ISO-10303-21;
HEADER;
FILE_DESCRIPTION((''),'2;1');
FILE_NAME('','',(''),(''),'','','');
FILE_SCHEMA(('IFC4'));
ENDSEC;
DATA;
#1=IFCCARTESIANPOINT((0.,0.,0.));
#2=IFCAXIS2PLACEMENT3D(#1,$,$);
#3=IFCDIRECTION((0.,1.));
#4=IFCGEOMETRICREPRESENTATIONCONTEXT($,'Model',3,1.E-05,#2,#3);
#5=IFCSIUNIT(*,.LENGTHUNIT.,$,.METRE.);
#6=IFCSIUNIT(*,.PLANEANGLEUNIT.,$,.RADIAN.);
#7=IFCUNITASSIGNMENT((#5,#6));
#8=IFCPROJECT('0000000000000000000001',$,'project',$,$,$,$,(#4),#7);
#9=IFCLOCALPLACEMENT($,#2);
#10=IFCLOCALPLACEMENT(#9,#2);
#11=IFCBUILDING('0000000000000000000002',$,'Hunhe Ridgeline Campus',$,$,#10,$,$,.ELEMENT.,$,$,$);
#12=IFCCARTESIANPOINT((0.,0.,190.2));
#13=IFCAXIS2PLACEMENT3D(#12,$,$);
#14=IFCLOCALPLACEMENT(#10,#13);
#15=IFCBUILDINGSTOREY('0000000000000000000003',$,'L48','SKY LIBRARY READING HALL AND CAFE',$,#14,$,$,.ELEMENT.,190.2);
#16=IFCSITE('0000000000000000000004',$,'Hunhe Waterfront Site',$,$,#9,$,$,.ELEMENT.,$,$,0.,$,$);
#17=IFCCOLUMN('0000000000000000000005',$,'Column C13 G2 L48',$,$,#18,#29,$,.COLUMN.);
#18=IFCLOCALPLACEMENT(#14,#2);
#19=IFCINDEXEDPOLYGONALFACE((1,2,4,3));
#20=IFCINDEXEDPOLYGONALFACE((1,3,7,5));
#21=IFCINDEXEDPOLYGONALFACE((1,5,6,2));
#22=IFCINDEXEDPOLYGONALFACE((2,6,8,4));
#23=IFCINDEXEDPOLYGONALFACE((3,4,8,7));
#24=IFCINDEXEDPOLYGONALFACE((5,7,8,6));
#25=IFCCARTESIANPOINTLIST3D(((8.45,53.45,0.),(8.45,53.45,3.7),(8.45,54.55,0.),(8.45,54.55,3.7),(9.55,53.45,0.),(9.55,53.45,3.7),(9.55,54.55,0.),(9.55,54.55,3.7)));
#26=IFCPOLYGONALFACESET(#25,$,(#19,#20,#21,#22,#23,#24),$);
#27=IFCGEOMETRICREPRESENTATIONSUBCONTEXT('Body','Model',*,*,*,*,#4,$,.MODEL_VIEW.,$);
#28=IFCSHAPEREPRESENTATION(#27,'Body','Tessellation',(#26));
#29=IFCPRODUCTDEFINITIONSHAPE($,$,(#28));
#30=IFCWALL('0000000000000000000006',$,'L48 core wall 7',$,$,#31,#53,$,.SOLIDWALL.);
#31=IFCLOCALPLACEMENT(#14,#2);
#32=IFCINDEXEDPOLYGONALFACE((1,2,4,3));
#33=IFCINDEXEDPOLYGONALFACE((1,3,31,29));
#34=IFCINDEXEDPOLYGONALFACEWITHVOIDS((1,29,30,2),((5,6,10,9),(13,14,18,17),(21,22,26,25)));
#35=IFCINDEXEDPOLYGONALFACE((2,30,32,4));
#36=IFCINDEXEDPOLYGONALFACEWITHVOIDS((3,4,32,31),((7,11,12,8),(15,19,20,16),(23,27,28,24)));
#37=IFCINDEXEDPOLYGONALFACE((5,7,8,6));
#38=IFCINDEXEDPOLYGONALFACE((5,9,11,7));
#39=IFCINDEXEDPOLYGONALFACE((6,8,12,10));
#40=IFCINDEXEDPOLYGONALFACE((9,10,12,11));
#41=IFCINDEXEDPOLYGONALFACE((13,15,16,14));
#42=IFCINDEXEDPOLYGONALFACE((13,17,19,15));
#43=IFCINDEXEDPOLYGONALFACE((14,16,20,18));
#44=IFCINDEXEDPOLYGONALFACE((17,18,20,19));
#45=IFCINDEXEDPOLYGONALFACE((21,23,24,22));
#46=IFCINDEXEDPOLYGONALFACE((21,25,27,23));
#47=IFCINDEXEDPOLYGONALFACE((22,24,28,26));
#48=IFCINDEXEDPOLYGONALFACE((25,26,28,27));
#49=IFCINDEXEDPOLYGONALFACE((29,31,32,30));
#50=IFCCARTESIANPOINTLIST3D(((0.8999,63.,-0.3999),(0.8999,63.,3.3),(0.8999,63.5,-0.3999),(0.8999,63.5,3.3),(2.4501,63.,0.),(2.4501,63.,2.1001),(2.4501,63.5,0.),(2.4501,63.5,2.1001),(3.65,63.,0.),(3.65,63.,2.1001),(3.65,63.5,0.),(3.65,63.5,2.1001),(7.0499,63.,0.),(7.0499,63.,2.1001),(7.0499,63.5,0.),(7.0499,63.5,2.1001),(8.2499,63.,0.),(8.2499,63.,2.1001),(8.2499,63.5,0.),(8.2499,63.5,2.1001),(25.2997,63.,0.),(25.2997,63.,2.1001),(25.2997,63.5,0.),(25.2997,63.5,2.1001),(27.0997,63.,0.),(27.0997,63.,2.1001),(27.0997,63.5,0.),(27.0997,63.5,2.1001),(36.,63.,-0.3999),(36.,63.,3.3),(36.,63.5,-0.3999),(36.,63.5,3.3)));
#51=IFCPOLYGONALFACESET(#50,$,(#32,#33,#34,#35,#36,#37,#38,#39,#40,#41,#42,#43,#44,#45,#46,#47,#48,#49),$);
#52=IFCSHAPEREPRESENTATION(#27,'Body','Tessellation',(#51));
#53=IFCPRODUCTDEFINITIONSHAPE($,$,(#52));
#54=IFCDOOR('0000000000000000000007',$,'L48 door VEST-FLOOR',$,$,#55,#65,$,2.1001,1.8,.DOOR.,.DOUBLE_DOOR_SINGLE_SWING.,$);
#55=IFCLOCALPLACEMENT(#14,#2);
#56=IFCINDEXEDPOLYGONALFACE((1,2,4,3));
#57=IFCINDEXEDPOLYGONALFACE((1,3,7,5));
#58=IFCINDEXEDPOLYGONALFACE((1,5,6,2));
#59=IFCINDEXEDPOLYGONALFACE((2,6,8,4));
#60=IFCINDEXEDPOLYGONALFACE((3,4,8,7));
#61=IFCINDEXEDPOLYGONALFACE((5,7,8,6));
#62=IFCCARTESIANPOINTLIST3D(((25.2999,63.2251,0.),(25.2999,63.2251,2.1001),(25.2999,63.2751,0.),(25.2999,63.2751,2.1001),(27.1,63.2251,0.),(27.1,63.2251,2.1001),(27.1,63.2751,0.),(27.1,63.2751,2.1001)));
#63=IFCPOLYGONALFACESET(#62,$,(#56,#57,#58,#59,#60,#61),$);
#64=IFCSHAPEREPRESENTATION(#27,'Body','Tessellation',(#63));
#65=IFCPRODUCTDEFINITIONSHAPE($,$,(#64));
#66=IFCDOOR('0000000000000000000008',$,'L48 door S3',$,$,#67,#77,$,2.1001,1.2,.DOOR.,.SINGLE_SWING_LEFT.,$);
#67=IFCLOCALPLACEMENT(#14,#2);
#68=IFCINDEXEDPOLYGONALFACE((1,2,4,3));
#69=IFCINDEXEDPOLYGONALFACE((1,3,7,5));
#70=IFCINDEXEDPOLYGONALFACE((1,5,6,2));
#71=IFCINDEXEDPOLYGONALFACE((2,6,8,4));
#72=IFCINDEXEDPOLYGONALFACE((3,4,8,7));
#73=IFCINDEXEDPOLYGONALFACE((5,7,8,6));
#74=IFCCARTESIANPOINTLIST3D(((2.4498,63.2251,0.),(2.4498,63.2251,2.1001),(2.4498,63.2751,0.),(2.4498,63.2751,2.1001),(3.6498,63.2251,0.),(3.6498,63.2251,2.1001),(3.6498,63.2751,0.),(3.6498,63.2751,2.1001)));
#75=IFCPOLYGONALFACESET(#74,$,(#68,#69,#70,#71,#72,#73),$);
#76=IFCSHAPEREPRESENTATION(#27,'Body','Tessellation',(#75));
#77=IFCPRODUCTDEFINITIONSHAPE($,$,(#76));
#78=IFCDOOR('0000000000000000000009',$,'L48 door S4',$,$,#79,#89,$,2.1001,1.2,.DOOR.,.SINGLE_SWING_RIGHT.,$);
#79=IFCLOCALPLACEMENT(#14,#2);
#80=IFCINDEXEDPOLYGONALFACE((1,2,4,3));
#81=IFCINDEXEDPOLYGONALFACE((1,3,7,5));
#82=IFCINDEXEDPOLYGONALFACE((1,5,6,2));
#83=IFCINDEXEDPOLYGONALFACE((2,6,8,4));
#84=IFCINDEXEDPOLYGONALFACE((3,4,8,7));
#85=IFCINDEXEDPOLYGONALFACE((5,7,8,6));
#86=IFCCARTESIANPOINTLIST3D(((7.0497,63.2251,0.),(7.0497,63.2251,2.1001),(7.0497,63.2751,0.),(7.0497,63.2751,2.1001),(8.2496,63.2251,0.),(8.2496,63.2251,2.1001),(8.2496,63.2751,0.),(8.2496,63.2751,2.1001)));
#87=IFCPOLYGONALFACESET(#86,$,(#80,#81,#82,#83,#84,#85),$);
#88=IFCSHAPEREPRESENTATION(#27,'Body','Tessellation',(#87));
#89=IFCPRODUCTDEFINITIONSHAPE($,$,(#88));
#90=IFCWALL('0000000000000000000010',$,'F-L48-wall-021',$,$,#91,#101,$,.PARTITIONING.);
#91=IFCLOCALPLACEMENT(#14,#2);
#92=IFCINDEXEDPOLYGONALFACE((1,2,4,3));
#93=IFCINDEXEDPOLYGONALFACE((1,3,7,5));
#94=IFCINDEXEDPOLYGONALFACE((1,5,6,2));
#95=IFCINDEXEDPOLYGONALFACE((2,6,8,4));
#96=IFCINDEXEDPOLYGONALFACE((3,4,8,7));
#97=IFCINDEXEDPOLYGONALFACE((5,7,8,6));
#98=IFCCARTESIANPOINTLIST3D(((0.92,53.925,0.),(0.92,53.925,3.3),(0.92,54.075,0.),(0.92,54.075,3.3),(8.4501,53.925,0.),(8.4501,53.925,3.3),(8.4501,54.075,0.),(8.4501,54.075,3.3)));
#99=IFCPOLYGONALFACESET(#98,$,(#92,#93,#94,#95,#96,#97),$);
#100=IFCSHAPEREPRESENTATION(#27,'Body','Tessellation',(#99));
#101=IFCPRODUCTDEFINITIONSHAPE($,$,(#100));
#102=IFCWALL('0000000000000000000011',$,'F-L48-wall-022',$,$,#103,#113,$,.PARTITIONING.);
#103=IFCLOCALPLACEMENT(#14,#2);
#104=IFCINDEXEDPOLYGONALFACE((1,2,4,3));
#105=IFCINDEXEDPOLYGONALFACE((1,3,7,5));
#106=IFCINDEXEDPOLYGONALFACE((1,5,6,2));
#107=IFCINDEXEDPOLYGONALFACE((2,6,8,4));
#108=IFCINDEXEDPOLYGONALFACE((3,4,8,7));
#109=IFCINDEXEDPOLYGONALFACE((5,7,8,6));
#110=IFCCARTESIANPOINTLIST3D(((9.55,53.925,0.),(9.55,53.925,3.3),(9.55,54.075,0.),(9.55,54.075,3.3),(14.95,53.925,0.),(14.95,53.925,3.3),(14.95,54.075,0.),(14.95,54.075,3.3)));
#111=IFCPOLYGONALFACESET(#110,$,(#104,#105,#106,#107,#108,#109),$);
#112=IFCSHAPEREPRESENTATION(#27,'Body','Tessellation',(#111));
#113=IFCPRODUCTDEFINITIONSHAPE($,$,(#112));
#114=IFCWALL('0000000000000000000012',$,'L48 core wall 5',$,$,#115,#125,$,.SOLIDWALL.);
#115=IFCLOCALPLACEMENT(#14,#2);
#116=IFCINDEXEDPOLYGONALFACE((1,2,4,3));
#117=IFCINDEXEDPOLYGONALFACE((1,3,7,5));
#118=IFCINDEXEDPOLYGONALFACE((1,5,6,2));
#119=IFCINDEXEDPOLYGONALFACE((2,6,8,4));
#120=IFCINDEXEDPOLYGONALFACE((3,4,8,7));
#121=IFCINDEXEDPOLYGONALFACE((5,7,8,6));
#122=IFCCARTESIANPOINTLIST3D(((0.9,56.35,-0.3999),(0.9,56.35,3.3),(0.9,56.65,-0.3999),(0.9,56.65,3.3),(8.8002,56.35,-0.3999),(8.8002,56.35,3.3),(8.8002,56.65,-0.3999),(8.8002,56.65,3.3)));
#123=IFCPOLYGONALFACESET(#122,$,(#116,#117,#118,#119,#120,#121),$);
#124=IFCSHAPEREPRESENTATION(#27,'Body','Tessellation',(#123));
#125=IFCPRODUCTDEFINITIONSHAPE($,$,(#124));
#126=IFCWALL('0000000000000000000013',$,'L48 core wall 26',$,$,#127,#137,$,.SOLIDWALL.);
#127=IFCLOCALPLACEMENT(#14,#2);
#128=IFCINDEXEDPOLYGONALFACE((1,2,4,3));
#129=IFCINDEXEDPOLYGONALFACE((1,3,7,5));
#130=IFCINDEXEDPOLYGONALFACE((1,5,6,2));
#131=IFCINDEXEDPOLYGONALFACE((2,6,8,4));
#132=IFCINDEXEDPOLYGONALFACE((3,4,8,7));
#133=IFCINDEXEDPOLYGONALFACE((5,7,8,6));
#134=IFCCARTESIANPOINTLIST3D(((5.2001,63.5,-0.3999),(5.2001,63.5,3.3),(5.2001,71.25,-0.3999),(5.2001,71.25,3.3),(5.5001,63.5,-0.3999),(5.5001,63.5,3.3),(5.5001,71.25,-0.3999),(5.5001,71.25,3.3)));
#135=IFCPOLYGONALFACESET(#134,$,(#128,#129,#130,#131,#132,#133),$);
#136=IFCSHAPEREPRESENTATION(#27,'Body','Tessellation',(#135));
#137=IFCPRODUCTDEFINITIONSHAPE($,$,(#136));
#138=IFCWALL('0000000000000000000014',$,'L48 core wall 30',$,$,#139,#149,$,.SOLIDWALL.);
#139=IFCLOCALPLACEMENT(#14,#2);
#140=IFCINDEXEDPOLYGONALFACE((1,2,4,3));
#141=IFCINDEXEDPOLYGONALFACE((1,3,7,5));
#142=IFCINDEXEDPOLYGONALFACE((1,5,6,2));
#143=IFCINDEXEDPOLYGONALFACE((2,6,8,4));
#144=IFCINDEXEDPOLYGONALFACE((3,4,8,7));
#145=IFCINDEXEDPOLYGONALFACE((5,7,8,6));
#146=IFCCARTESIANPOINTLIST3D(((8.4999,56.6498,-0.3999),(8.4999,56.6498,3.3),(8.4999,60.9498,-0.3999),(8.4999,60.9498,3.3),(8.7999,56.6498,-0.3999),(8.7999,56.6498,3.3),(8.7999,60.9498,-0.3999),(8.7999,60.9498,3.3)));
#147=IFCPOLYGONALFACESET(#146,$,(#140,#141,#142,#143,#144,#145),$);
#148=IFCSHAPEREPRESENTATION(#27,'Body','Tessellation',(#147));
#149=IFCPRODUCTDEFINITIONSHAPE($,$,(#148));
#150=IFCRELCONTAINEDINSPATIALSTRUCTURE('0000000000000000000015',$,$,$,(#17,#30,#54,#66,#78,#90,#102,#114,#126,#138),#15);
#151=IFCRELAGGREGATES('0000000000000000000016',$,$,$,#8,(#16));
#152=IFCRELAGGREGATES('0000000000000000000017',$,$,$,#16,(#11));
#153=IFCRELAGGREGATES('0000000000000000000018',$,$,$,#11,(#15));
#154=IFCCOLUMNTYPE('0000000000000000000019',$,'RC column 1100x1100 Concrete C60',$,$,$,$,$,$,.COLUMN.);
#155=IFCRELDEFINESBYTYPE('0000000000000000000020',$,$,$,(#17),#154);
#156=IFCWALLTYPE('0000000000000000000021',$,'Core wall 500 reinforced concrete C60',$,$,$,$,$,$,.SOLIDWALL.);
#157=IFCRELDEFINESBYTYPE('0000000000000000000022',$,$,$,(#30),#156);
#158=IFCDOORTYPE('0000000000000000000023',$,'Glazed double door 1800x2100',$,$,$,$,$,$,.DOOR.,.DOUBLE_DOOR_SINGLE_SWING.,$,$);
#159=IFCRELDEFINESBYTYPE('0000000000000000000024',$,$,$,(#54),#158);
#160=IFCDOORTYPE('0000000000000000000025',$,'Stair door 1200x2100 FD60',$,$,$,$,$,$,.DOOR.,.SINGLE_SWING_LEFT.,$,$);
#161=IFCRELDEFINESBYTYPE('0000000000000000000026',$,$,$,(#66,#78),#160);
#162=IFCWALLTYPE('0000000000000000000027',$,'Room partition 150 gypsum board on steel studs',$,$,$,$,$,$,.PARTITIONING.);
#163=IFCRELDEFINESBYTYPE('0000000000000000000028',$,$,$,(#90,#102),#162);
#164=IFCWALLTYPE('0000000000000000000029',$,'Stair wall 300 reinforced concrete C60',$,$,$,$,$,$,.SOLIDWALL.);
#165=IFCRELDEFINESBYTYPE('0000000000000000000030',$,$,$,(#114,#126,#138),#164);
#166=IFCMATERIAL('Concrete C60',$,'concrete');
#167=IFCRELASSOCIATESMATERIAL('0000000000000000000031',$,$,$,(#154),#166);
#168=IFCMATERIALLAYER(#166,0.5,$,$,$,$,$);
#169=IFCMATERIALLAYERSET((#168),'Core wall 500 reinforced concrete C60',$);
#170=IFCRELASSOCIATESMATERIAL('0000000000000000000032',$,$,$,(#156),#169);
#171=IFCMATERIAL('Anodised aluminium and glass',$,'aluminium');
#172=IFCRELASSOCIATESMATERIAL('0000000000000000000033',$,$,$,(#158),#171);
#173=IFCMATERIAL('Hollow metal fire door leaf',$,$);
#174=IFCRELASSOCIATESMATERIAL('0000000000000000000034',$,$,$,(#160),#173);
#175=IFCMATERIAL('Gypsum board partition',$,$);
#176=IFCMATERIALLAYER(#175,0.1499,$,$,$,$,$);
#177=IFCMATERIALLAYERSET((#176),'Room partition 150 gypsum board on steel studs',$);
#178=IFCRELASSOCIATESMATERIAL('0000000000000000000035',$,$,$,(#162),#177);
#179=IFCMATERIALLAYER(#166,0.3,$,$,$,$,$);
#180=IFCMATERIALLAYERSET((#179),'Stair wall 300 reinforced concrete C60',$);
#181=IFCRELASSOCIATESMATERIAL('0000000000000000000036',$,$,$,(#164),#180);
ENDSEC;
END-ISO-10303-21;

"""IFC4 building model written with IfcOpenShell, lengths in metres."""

from ifc_helpers import new_model, si_unit, direction, frame, frame_2d, origin, origin_2d, place, context, subcontext, project, spatial, rectangle, extrude, material, layer, layer_set, material_profile, profile_set, type_object, element, fill, save


model = new_model("IFC4")

# Units and contexts
model_context = context("Model", 3, precision=1e-05, world=origin(), true_north=direction((0.0, 1.0)))
body_context = subcontext(model_context, "Body", "Model", "MODEL_VIEW")
ifc_project = project(units=[si_unit("LENGTHUNIT", "METRE"), si_unit("PLANEANGLEUNIT", "RADIAN")], contexts=[model_context])

# Site, building, storey
site_placement = place(None, origin())
site = spatial("IfcSite", under=ifc_project, at=site_placement, Name="Hunhe Waterfront Site", CompositionType="ELEMENT", RefElevation=0.0)
building_placement = place(site_placement, origin())
building = spatial("IfcBuilding", under=site, at=building_placement, Name="Hunhe Ridgeline Campus", CompositionType="ELEMENT")
storey_placement = place(building_placement, frame((0.0, 0.0, 190.2)))
storey = spatial("IfcBuildingStorey", under=building, at=storey_placement, Name="L48", Description="SKY LIBRARY READING HALL AND CAFE", CompositionType="ELEMENT", Elevation=190.2)

# Column
ifc_material_1 = material(Name="Concrete C60", Category="concrete")
ifc_material_profile = material_profile(ifc_material_1, rectangle(XDim=1.1001, YDim=1.1001, at=origin_2d()))
ifc_profile_set = profile_set([ifc_material_profile], Name="Concrete C60")
column_type = type_object("IfcColumnType", Name="RC column 1100x1100 Concrete C60", PredefinedType="COLUMN", material=ifc_profile_set)
column_placement = place(storey_placement, frame((9.0, 54.0, 0.0), z_axis=(0.0, 0.0, 1.0), x_axis=(1.0, 0.0, 0.0)))
element("IfcColumn", 1, at=column_placement, inside=storey, type_object=column_type, Name="Column C13 G2 L48", PredefinedType="COLUMN", context=body_context, shape_type="SweptSolid", body=[
    extrude(rectangle(XDim=1.1001, YDim=1.1001, at=origin_2d()), origin(), (0.0, 0.0, 1.0), 3.7),
])

# Wall, openings, doors
ifc_layer_1 = layer(ifc_material_1, 0.5)
ifc_layer_set_1 = layer_set([ifc_layer_1], Name="Core wall 500 reinforced concrete C60")
wall_type_1 = type_object("IfcWallType", Name="Core wall 500 reinforced concrete C60", PredefinedType="SOLIDWALL", material=ifc_layer_set_1)
wall_1_placement = place(storey_placement, frame((0.8999, 63.25, -0.3999), z_axis=(0.0, 0.0, 1.0), x_axis=(1.0, 0.0, 0.0)))
wall_1 = element("IfcWall", 2, at=wall_1_placement, inside=storey, type_object=wall_type_1, Name="L48 core wall 7", PredefinedType="SOLIDWALL", context=body_context, shape_type="SweptSolid", body=[
    extrude(rectangle(XDim=35.1001, YDim=0.5, at=frame_2d((17.55, 0.0))), origin(), (0.0, 0.0, 1.0), 3.7),
])
opening_1_placement = place(wall_1_placement, frame((24.3999, 0.0, 0.3999)))
opening_1 = element("IfcOpeningElement", 3, at=opening_1_placement, cuts=wall_1, PredefinedType="OPENING", context=body_context, shape_type="SweptSolid", body=[
    extrude(rectangle(XDim=1.8, YDim=2.1001, at=frame_2d((0.8999, 1.05))), frame((0.0, 0.25, 0.0), z_axis=(0.0, -1.0, 0.0), x_axis=(1.0, 0.0, 0.0)), (0.0, 0.0, 1.0), 0.5),
])
opening_2_placement = place(wall_1_placement, frame((1.55, 0.0, 0.3999)))
opening_2 = element("IfcOpeningElement", 4, at=opening_2_placement, cuts=wall_1, PredefinedType="OPENING", context=body_context, shape_type="SweptSolid", body=[
    extrude(rectangle(XDim=1.2, YDim=2.1001, at=frame_2d((0.6001, 1.05))), frame((0.0, 0.25, 0.0), z_axis=(0.0, -1.0, 0.0), x_axis=(1.0, 0.0, 0.0)), (0.0, 0.0, 1.0), 0.5),
])
opening_3_placement = place(wall_1_placement, frame((6.1499, 0.0, 0.3999)))
opening_3 = element("IfcOpeningElement", 5, at=opening_3_placement, cuts=wall_1, PredefinedType="OPENING", context=body_context, shape_type="SweptSolid", body=[
    extrude(rectangle(XDim=1.2, YDim=2.1001, at=frame_2d((0.6001, 1.05))), frame((0.0, 0.25, 0.0), z_axis=(0.0, -1.0, 0.0), x_axis=(1.0, 0.0, 0.0)), (0.0, 0.0, 1.0), 0.5),
])
ifc_material_2 = material(Name="Anodised aluminium and glass", Category="aluminium")
door_type_1 = type_object("IfcDoorType", Name="Glazed double door 1800x2100", OperationType="DOUBLE_DOOR_SINGLE_SWING", PredefinedType="DOOR", material=ifc_material_2)
door_1_placement = place(opening_1_placement, frame((1.8, 0.0, 0.0), z_axis=(0.0, 0.0, 1.0), x_axis=(-1.0, 0.0, 0.0)))
door_1 = element("IfcDoor", 6, at=door_1_placement, inside=storey, type_object=door_type_1, Name="L48 door VEST-FLOOR", OperationType="DOUBLE_DOOR_SINGLE_SWING", OverallHeight=2.1001, OverallWidth=1.8, PredefinedType="DOOR", context=body_context, shape_type="SweptSolid", body=[
    extrude(rectangle(XDim=1.8, YDim=2.1001, at=frame_2d((0.8999, 1.05))), frame((0.0, 0.0249, 0.0), z_axis=(0.0, -1.0, 0.0), x_axis=(1.0, 0.0, 0.0)), (0.0, 0.0, 1.0), 0.05),
])
fill(opening_1, door_1)
ifc_material_3 = material(Name="Hollow metal fire door leaf")
door_type_2 = type_object("IfcDoorType", Name="Stair door 1200x2100 FD60", OperationType="SINGLE_SWING_LEFT", PredefinedType="DOOR", material=ifc_material_3)
door_2_placement = place(opening_2_placement, frame((1.2, 0.0, 0.0), z_axis=(0.0, 0.0, 1.0), x_axis=(-1.0, 0.0, 0.0)))
door_2 = element("IfcDoor", 7, at=door_2_placement, inside=storey, type_object=door_type_2, Name="L48 door S3", OperationType="SINGLE_SWING_LEFT", OverallHeight=2.1001, OverallWidth=1.2, PredefinedType="DOOR", context=body_context, shape_type="SweptSolid", body=[
    extrude(rectangle(XDim=1.2, YDim=2.1001, at=frame_2d((0.6001, 1.05))), frame((0.0, 0.0249, 0.0), z_axis=(0.0, -1.0, 0.0), x_axis=(1.0, 0.0, 0.0)), (0.0, 0.0, 1.0), 0.05),
])
fill(opening_2, door_2)
door_3_placement = place(opening_3_placement, frame((1.2, 0.0, 0.0), z_axis=(0.0, 0.0, 1.0), x_axis=(-1.0, 0.0, 0.0)))
door_3 = element("IfcDoor", 8, at=door_3_placement, inside=storey, type_object=door_type_2, Name="L48 door S4", OperationType="SINGLE_SWING_RIGHT", OverallHeight=2.1001, OverallWidth=1.2, PredefinedType="DOOR", context=body_context, shape_type="SweptSolid", body=[
    extrude(rectangle(XDim=1.2, YDim=2.1001, at=frame_2d((0.6001, 1.05))), frame((0.0, 0.0249, 0.0), z_axis=(0.0, -1.0, 0.0), x_axis=(1.0, 0.0, 0.0)), (0.0, 0.0, 1.0), 0.05),
])
fill(opening_3, door_3)

# Walls
ifc_material_4 = material(Name="Gypsum board partition")
ifc_layer_2 = layer(ifc_material_4, 0.1499)
ifc_layer_set_2 = layer_set([ifc_layer_2], Name="Room partition 150 gypsum board on steel studs")
wall_type_2 = type_object("IfcWallType", Name="Room partition 150 gypsum board on steel studs", PredefinedType="PARTITIONING", material=ifc_layer_set_2)
wall_2_placement = place(storey_placement, frame((0.9199, 54.0, 0.0), z_axis=(0.0, 0.0, 1.0), x_axis=(1.0, 0.0, 0.0)))
element("IfcWall", 9, at=wall_2_placement, inside=storey, type_object=wall_type_2, Name="F-L48-wall-021", PredefinedType="PARTITIONING", context=body_context, shape_type="SweptSolid", body=[
    extrude(rectangle(XDim=7.53, YDim=0.1499, at=frame_2d((3.7651, 0.0))), origin(), (0.0, 0.0, 1.0), 3.3),
])
wall_3_placement = place(storey_placement, frame((9.55, 54.0, 0.0), z_axis=(0.0, 0.0, 1.0), x_axis=(1.0, 0.0, 0.0)))
element("IfcWall", 10, at=wall_3_placement, inside=storey, type_object=wall_type_2, Name="F-L48-wall-022", PredefinedType="PARTITIONING", context=body_context, shape_type="SweptSolid", body=[
    extrude(rectangle(XDim=5.3999, YDim=0.1499, at=frame_2d((2.7, 0.0))), origin(), (0.0, 0.0, 1.0), 3.3),
])
ifc_layer_3 = layer(ifc_material_1, 0.3)
ifc_layer_set_3 = layer_set([ifc_layer_3], Name="Stair wall 300 reinforced concrete C60")
wall_type_3 = type_object("IfcWallType", Name="Stair wall 300 reinforced concrete C60", PredefinedType="SOLIDWALL", material=ifc_layer_set_3)
wall_4_placement = place(storey_placement, frame((0.8999, 56.5, -0.3999), z_axis=(0.0, 0.0, 1.0), x_axis=(1.0, 0.0, 0.0)))
element("IfcWall", 11, at=wall_4_placement, inside=storey, type_object=wall_type_3, Name="L48 core wall 5", PredefinedType="SOLIDWALL", context=body_context, shape_type="SweptSolid", body=[
    extrude(rectangle(XDim=7.9001, YDim=0.3, at=frame_2d((3.9502, 0.0))), origin(), (0.0, 0.0, 1.0), 3.7),
])

# Walls
wall_5_placement = place(storey_placement, frame((5.3501, 63.5, -0.3999), z_axis=(0.0, 0.0, 1.0), x_axis=(0.0, 1.0, 0.0)))
element("IfcWall", 12, at=wall_5_placement, inside=storey, type_object=wall_type_3, Name="L48 core wall 26", PredefinedType="SOLIDWALL", context=body_context, shape_type="SweptSolid", body=[
    extrude(rectangle(XDim=7.75, YDim=0.3, at=frame_2d((3.875, 0.0))), origin(), (0.0, 0.0, 1.0), 3.7),
])
wall_6_placement = place(storey_placement, frame((8.6499, 56.6499, -0.3999), z_axis=(0.0, 0.0, 1.0), x_axis=(0.0, 1.0, 0.0)))
element("IfcWall", 13, at=wall_6_placement, inside=storey, type_object=wall_type_3, Name="L48 core wall 30", PredefinedType="SOLIDWALL", context=body_context, shape_type="SweptSolid", body=[
    extrude(rectangle(XDim=4.3, YDim=0.3, at=frame_2d((2.1499, 0.0))), origin(), (0.0, 0.0, 1.0), 3.7),
])

save(model, "model.ifc")
